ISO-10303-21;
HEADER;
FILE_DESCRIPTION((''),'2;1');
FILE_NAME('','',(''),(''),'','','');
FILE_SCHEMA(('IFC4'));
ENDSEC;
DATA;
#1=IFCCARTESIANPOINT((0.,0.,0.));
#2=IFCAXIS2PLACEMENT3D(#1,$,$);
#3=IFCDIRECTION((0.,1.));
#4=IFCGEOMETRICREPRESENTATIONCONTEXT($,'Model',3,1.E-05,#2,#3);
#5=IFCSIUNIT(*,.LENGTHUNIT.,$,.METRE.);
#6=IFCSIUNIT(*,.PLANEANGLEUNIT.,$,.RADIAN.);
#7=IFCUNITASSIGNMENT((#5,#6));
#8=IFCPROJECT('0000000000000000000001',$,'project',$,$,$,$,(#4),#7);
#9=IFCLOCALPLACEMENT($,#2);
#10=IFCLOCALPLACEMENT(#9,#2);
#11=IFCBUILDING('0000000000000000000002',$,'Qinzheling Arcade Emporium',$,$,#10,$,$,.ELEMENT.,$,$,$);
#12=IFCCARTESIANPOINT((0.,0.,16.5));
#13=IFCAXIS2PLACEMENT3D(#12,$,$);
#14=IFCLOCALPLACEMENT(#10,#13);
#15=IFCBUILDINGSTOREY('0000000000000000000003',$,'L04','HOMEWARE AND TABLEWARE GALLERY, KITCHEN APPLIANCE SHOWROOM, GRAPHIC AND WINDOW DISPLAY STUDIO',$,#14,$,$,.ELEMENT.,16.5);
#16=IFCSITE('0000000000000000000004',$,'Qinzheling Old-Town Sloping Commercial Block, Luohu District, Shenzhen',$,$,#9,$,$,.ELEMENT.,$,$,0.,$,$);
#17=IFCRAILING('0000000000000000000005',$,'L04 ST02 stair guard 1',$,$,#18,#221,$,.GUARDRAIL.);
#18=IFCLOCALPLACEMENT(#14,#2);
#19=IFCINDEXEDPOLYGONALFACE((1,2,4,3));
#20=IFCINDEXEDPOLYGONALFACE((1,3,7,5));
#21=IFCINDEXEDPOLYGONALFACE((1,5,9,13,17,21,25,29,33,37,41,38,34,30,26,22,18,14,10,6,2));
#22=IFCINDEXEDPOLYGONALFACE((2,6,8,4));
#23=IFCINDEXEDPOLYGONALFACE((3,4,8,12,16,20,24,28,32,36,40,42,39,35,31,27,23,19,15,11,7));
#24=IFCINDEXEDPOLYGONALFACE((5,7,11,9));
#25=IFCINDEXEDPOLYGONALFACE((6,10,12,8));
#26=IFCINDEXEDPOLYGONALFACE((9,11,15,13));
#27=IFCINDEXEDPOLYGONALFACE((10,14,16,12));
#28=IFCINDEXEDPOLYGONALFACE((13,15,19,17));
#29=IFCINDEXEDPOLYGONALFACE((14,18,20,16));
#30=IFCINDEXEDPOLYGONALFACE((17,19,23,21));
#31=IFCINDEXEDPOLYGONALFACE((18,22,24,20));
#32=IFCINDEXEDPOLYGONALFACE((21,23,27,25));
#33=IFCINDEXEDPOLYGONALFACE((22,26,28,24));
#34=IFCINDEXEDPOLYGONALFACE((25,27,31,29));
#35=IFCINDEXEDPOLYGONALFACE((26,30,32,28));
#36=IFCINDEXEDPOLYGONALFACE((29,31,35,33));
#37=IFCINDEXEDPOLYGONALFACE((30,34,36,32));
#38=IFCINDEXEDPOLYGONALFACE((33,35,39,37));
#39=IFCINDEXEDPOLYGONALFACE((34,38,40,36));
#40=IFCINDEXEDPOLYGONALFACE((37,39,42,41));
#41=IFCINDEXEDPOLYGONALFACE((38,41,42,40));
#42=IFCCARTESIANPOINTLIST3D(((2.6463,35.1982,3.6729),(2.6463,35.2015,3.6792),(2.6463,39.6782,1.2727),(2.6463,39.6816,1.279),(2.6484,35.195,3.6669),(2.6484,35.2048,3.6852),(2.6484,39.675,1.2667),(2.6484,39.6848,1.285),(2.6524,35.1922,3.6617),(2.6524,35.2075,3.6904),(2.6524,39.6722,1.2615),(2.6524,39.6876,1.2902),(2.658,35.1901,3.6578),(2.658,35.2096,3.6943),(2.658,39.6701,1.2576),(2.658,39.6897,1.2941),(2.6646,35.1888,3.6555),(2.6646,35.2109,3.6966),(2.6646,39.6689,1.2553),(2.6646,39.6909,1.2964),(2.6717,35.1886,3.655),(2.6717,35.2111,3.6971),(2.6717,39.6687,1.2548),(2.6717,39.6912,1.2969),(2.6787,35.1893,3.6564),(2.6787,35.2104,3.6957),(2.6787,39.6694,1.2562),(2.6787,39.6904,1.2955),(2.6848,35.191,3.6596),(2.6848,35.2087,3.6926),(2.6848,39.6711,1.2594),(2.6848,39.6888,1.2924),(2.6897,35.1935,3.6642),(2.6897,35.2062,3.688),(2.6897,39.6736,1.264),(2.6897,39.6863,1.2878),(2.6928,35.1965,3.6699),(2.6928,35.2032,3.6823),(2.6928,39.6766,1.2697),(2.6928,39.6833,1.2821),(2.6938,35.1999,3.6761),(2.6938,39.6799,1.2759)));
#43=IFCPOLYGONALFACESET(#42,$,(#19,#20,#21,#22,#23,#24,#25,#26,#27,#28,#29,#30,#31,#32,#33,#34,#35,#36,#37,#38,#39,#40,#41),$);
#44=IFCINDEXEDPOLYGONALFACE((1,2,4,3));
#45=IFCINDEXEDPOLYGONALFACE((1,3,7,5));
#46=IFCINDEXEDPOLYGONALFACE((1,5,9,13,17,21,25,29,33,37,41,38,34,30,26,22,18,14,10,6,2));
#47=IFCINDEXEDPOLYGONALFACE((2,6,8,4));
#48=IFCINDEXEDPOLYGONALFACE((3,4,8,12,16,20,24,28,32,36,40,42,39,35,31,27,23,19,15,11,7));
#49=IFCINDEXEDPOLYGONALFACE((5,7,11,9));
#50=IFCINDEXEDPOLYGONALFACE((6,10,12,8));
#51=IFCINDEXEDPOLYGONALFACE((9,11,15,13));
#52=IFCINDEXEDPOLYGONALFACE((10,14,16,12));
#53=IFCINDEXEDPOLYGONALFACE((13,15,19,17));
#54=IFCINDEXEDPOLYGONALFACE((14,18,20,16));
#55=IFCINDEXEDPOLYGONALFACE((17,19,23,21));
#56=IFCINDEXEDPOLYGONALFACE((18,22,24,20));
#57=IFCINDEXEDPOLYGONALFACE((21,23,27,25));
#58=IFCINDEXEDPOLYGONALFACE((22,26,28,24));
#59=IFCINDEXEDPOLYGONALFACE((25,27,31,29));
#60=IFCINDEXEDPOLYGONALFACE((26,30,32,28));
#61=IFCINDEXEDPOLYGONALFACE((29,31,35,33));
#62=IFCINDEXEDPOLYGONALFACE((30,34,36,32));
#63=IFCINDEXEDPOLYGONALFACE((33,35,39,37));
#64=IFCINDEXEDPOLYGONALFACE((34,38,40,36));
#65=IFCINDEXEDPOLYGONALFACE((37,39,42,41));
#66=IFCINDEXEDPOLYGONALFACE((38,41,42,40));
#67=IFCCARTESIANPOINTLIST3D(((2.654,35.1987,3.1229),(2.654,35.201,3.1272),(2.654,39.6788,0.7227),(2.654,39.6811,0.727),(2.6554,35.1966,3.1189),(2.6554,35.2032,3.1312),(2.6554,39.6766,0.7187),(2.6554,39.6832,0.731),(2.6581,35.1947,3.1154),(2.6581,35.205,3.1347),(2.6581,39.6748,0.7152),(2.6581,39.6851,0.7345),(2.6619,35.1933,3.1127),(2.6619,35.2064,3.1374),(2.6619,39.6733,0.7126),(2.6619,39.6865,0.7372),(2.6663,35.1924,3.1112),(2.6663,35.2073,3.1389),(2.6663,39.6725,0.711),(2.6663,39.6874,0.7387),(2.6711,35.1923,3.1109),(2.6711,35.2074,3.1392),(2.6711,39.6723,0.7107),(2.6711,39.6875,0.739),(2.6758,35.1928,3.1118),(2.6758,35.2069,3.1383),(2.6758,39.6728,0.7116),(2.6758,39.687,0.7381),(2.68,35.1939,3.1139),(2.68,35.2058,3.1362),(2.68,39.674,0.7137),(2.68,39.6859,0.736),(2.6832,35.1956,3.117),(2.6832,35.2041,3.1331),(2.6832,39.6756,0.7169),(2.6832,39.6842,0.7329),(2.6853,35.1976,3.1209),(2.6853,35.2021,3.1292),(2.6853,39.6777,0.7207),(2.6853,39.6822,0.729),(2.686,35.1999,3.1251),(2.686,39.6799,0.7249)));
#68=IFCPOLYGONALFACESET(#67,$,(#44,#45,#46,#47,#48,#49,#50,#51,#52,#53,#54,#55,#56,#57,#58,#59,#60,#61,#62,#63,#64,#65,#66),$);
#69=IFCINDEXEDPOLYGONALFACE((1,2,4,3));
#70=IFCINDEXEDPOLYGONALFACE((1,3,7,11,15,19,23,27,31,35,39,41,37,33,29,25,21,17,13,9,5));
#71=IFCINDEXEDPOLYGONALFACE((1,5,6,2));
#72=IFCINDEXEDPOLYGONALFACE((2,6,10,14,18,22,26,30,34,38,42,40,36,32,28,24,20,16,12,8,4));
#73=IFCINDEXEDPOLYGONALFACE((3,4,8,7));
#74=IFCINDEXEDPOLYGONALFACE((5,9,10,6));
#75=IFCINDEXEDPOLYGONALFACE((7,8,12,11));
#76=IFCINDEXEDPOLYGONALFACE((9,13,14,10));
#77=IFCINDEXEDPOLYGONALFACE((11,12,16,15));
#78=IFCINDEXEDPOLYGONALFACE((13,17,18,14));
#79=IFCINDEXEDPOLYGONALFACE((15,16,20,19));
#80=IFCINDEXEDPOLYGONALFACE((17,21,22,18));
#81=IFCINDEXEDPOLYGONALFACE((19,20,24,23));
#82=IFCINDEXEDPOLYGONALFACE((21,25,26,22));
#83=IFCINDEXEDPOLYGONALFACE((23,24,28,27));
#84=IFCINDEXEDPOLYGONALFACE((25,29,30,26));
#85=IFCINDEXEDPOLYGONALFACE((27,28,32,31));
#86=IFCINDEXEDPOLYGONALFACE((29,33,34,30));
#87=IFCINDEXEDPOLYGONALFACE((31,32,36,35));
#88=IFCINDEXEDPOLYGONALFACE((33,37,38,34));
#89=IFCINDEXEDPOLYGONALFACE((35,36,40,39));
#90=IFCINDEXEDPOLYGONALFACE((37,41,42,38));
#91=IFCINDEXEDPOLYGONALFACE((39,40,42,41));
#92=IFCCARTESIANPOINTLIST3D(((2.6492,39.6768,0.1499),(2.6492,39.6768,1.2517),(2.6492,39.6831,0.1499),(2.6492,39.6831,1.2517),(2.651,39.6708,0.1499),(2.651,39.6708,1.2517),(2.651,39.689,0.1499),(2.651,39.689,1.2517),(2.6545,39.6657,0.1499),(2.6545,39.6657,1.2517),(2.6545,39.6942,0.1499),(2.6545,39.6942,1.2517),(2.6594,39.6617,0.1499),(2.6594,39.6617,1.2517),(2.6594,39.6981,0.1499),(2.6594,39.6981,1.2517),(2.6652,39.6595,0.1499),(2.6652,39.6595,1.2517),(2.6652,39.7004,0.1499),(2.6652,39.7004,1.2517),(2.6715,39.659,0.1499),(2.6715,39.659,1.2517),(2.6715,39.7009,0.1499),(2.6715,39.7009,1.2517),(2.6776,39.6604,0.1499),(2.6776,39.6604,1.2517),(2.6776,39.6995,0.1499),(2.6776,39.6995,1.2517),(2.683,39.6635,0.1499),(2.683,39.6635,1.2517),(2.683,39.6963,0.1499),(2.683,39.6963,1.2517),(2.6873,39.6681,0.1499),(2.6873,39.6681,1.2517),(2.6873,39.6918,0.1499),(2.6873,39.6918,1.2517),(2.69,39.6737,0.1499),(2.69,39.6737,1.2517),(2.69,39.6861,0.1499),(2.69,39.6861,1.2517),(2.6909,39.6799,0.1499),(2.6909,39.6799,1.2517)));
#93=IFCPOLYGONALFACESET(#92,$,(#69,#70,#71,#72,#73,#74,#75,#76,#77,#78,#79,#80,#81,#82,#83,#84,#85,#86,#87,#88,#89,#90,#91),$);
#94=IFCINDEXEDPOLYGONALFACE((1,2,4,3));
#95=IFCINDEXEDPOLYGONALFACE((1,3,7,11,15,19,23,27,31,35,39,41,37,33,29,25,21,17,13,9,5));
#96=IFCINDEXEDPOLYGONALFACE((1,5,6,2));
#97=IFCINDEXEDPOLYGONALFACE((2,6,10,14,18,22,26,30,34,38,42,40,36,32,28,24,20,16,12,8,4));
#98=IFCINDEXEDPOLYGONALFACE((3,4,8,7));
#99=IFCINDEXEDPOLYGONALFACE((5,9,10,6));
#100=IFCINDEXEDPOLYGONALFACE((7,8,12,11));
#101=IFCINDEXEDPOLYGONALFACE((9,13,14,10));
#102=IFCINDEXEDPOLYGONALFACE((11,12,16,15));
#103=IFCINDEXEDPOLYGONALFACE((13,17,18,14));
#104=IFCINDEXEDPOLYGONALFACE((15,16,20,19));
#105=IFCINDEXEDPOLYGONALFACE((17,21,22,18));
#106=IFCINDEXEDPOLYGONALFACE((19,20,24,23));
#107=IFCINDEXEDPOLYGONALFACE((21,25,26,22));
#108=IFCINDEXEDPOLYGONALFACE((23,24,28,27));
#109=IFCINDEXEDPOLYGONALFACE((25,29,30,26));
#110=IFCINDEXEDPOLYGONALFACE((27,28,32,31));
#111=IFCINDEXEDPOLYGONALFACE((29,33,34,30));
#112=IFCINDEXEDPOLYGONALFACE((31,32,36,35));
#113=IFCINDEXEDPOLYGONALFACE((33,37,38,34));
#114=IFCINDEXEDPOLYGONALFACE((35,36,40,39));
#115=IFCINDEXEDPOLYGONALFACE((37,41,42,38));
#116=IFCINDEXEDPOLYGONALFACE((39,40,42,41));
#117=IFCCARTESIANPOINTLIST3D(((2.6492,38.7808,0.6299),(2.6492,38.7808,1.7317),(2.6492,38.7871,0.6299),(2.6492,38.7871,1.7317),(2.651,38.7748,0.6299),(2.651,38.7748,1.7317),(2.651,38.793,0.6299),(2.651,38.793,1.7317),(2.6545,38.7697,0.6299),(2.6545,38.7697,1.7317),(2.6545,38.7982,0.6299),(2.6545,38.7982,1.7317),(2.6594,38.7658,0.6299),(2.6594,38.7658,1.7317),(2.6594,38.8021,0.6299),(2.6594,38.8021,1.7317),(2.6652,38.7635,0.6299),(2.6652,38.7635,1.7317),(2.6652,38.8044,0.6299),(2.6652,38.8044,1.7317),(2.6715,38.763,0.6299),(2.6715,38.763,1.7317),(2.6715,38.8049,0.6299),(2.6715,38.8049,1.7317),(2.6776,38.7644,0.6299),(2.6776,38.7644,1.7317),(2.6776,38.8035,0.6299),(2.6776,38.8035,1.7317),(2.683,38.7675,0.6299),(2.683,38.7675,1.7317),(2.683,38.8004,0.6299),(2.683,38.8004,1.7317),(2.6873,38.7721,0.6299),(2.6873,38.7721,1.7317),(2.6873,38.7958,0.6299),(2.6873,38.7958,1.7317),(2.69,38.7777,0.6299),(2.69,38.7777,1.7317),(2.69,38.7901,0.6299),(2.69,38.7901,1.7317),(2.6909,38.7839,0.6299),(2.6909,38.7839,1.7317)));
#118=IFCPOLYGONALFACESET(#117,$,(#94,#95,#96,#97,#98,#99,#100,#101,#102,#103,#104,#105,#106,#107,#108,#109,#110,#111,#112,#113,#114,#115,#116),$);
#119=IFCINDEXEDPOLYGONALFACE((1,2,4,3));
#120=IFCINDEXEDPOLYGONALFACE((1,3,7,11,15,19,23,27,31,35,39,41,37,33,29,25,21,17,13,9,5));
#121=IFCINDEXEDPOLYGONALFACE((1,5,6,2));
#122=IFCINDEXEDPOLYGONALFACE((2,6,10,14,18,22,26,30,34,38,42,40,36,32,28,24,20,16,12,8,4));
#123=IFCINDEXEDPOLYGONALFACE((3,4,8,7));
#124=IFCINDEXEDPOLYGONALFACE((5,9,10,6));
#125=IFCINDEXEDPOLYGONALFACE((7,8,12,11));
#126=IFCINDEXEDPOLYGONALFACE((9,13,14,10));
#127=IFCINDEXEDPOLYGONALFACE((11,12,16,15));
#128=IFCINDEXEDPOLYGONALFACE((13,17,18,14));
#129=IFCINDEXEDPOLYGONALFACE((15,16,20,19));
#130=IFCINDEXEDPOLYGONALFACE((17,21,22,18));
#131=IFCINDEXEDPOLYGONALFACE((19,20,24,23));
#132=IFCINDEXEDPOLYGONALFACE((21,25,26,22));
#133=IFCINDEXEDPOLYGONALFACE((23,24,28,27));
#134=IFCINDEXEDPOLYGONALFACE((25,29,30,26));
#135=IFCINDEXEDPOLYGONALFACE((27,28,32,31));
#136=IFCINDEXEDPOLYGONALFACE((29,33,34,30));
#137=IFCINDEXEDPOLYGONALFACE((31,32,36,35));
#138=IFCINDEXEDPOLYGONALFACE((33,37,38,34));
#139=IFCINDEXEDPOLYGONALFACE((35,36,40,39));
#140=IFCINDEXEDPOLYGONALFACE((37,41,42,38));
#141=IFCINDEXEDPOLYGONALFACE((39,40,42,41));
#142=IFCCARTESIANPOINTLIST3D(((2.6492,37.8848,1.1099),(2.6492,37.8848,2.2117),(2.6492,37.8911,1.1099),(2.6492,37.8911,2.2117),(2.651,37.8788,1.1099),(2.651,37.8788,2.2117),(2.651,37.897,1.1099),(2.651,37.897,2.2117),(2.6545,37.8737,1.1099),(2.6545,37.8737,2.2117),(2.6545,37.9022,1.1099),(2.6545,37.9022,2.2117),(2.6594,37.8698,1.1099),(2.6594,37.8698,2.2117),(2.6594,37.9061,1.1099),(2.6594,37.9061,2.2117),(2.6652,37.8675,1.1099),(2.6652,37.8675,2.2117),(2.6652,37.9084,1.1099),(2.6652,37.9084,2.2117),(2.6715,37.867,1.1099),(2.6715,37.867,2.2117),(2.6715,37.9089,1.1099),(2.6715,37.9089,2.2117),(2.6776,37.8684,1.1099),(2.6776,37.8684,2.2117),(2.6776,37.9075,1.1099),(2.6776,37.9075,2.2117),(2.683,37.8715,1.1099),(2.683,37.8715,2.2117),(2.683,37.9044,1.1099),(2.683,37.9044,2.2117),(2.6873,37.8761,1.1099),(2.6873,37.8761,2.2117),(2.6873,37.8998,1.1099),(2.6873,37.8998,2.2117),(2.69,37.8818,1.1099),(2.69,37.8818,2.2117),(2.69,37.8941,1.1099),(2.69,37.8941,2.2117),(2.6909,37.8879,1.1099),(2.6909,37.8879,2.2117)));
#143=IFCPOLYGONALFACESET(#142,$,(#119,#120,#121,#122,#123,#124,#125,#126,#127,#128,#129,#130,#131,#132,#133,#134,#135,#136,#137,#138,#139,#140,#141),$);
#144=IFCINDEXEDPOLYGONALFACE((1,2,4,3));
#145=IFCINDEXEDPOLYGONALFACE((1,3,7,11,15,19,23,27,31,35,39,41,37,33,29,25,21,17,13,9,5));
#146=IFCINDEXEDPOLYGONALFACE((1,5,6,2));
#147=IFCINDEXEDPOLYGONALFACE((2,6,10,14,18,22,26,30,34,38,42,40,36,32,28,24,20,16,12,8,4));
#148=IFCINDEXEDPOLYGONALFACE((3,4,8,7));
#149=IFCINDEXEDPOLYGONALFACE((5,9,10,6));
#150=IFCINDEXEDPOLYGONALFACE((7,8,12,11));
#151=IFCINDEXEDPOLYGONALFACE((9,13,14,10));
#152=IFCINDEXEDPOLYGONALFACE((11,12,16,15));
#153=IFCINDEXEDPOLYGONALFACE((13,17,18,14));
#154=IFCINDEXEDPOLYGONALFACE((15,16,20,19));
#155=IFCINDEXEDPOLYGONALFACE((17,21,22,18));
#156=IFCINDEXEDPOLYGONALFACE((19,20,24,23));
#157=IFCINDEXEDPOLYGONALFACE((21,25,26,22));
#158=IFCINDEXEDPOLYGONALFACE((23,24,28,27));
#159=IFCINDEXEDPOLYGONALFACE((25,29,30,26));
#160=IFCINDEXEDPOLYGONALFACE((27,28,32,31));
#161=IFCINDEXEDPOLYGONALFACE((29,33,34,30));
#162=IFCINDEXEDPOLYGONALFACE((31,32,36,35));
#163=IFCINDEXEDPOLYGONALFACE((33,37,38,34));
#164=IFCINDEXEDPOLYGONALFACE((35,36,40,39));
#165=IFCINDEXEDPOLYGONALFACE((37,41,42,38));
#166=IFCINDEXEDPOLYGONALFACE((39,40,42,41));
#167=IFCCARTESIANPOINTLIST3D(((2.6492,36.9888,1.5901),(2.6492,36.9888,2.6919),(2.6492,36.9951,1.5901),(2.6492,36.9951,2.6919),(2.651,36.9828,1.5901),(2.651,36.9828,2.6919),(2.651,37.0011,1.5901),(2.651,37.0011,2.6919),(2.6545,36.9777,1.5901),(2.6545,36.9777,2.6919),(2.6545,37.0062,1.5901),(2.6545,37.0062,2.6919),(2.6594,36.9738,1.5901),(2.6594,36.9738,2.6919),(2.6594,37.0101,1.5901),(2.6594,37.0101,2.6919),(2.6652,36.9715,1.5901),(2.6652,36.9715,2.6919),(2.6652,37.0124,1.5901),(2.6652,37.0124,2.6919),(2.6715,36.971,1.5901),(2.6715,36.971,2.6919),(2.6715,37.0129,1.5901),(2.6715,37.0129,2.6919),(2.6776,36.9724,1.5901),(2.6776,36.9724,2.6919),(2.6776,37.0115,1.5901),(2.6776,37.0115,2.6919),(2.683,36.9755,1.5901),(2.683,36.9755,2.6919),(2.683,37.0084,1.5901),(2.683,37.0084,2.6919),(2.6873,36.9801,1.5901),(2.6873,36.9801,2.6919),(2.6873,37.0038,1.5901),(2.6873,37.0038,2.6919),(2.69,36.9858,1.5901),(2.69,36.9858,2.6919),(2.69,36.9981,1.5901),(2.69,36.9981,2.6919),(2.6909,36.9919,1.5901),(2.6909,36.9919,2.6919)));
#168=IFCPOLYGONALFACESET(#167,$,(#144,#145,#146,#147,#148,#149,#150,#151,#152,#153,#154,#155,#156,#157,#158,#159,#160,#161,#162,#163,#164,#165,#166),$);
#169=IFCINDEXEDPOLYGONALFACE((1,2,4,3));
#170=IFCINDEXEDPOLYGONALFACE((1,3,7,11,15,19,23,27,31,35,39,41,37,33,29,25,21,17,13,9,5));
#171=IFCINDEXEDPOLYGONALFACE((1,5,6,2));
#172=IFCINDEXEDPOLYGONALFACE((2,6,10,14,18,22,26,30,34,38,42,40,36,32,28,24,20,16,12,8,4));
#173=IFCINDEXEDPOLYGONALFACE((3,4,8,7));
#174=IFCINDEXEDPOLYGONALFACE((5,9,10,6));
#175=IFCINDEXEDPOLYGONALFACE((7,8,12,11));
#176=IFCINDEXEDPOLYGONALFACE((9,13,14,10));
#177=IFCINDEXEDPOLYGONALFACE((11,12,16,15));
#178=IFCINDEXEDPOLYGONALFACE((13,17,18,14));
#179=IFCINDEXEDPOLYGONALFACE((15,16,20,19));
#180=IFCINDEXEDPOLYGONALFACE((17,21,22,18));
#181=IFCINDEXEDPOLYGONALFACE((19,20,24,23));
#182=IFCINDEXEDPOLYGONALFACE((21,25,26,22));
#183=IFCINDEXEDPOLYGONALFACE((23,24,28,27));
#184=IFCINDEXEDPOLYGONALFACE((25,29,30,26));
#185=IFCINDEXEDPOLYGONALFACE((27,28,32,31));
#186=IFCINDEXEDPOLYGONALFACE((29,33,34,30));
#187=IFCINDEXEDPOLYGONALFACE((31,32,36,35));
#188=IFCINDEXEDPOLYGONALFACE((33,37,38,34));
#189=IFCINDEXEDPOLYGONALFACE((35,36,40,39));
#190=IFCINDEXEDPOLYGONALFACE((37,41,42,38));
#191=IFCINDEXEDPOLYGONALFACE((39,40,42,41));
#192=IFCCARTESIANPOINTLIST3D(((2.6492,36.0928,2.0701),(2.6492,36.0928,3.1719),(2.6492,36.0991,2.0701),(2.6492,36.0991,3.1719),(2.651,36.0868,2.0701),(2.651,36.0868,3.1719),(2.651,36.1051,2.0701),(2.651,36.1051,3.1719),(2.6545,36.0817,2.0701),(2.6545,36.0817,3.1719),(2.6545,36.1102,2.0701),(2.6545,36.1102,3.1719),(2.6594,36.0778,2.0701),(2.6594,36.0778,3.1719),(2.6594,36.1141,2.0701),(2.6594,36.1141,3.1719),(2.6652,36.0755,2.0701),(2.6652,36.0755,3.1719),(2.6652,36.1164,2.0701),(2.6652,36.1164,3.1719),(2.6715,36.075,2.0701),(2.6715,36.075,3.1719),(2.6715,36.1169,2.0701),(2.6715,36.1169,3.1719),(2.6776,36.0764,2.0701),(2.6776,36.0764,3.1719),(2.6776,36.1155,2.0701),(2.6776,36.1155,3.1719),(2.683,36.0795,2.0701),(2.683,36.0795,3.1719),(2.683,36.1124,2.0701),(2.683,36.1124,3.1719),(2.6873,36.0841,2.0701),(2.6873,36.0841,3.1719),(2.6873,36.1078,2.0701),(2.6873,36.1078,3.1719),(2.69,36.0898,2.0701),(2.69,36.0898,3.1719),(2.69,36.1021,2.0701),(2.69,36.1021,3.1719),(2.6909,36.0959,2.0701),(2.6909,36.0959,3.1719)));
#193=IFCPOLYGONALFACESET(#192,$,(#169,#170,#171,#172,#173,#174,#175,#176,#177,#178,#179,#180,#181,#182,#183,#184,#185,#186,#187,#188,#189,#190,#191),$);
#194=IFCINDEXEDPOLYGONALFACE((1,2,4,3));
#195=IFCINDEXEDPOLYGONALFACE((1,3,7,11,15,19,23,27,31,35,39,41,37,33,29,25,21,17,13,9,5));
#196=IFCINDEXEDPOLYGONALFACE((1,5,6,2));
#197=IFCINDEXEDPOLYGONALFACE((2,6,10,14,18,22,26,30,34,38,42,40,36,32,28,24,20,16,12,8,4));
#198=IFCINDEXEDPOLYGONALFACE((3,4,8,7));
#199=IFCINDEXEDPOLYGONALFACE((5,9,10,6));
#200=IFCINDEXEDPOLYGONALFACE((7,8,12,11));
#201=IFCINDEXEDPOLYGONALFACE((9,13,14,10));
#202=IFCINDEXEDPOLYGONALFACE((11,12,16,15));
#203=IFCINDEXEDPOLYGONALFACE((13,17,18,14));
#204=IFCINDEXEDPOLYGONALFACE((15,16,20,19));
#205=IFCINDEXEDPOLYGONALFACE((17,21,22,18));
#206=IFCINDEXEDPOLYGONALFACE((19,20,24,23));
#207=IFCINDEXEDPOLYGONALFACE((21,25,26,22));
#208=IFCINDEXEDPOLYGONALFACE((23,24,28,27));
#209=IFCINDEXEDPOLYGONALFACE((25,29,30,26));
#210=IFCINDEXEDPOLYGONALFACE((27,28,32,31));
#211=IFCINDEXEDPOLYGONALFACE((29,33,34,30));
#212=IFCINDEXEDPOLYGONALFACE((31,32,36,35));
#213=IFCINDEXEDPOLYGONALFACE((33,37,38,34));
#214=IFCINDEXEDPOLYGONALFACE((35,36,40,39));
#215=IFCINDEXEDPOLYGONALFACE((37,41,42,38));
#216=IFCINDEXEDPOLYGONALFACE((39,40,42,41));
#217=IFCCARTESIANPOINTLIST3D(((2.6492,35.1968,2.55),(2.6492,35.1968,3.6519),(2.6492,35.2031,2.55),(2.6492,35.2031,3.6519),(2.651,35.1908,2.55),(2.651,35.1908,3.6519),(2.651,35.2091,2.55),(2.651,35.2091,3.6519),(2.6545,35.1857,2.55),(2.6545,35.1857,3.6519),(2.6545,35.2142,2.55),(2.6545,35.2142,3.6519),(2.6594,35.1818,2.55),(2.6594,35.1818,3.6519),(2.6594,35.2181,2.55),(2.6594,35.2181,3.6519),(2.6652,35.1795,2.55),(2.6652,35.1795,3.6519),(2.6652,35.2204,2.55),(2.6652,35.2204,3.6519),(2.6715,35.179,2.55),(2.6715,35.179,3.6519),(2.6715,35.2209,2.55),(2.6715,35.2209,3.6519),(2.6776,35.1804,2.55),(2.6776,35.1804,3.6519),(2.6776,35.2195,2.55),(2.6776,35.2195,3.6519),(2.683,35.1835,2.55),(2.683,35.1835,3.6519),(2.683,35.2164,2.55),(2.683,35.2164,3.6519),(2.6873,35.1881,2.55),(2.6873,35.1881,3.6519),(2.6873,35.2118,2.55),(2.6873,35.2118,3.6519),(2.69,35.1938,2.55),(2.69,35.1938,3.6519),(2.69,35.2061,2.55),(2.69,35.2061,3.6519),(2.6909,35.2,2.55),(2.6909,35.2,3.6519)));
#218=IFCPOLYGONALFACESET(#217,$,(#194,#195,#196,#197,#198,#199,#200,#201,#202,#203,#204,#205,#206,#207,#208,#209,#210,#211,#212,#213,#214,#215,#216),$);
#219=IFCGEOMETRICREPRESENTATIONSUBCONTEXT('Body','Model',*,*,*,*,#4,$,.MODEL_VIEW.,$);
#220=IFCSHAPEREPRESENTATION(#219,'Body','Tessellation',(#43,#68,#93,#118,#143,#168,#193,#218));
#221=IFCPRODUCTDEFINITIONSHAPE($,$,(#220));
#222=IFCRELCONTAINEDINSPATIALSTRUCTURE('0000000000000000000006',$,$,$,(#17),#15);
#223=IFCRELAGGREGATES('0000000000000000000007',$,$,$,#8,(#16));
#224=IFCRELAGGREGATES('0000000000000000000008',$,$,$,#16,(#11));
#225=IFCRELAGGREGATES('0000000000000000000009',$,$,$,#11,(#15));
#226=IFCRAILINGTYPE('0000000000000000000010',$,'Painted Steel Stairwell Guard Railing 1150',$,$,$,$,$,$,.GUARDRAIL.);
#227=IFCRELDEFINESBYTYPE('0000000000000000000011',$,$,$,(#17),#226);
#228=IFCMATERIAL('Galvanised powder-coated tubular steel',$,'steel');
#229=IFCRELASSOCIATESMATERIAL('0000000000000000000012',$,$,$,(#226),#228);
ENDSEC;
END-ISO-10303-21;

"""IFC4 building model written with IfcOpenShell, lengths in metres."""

from ifc_helpers import new_model, si_unit, direction, frame, origin, origin_2d, place, context, subcontext, project, spatial, circle, extrude, material, type_object, element, save


model = new_model("IFC4")

# Units and contexts
model_context = context("Model", 3, precision=1e-05, world=origin(), true_north=direction((0.0, 1.0)))
body_context = subcontext(model_context, "Body", "Model", "MODEL_VIEW")
ifc_project = project(units=[si_unit("LENGTHUNIT", "METRE"), si_unit("PLANEANGLEUNIT", "RADIAN")], contexts=[model_context])

# Site, building, storey
site_placement = place(None, origin())
site = spatial("IfcSite", under=ifc_project, at=site_placement, Name="Qinzheling Old-Town Sloping Commercial Block, Luohu District, Shenzhen", CompositionType="ELEMENT", RefElevation=0.0)
building_placement = place(site_placement, origin())
building = spatial("IfcBuilding", under=site, at=building_placement, Name="Qinzheling Arcade Emporium", CompositionType="ELEMENT")
storey_placement = place(building_placement, frame((0.0, 0.0, 16.5)))
storey = spatial("IfcBuildingStorey", under=building, at=storey_placement, Name="L04", Description="HOMEWARE AND TABLEWARE GALLERY, KITCHEN APPLIANCE SHOWROOM, GRAPHIC AND WINDOW DISPLAY STUDIO", CompositionType="ELEMENT", Elevation=16.5)

# Railing
ifc_material_1 = material(Name="Galvanised powder-coated tubular steel", Category="steel")
railing_type_1 = type_object("IfcRailingType", Name="Painted Steel Stairwell Guard Railing 1150", PredefinedType="GUARDRAIL", material=ifc_material_1)
railing_1_placement = place(storey_placement, frame((2.6699, 39.6799, 0.1499)))
element("IfcRailing", 1, at=railing_1_placement, inside=storey, type_object=railing_type_1, Name="L04 ST02 stair guard 1", PredefinedType="GUARDRAIL", context=body_context, shape_type="SweptSolid", body=[
    extrude(circle(Radius=0.0239, at=origin_2d()), frame((0.0, 0.0, 1.126), z_axis=(0.0, -0.881467, 0.472245), x_axis=(1.0, 0.0, 0.0)), (0.0, 0.0, 1.0), 5.0825),
    extrude(circle(Radius=0.0161, at=origin_2d()), frame((0.0, 0.0, 0.575), z_axis=(0.0, -0.881467, 0.472245), x_axis=(1.0, 0.0, 0.0)), (0.0, 0.0, 1.0), 5.0825),
    extrude(circle(Radius=0.021, at=origin_2d()), origin(), (0.0, 0.0, 1.0), 1.1018),
    extrude(circle(Radius=0.021, at=origin_2d()), frame((0.0, -0.896, 0.48)), (0.0, 0.0, 1.0), 1.1018),
    extrude(circle(Radius=0.021, at=origin_2d()), frame((0.0, -1.792, 0.96)), (0.0, 0.0, 1.0), 1.1018),
    extrude(circle(Radius=0.021, at=origin_2d()), frame((0.0, -2.688, 1.4402)), (0.0, 0.0, 1.0), 1.1018),
    extrude(circle(Radius=0.021, at=origin_2d()), frame((0.0, -3.584, 1.9202)), (0.0, 0.0, 1.0), 1.1018),
    extrude(circle(Radius=0.021, at=origin_2d()), frame((0.0, -4.48, 2.4001)), (0.0, 0.0, 1.0), 1.1018),
])

save(model, "model.ifc")
